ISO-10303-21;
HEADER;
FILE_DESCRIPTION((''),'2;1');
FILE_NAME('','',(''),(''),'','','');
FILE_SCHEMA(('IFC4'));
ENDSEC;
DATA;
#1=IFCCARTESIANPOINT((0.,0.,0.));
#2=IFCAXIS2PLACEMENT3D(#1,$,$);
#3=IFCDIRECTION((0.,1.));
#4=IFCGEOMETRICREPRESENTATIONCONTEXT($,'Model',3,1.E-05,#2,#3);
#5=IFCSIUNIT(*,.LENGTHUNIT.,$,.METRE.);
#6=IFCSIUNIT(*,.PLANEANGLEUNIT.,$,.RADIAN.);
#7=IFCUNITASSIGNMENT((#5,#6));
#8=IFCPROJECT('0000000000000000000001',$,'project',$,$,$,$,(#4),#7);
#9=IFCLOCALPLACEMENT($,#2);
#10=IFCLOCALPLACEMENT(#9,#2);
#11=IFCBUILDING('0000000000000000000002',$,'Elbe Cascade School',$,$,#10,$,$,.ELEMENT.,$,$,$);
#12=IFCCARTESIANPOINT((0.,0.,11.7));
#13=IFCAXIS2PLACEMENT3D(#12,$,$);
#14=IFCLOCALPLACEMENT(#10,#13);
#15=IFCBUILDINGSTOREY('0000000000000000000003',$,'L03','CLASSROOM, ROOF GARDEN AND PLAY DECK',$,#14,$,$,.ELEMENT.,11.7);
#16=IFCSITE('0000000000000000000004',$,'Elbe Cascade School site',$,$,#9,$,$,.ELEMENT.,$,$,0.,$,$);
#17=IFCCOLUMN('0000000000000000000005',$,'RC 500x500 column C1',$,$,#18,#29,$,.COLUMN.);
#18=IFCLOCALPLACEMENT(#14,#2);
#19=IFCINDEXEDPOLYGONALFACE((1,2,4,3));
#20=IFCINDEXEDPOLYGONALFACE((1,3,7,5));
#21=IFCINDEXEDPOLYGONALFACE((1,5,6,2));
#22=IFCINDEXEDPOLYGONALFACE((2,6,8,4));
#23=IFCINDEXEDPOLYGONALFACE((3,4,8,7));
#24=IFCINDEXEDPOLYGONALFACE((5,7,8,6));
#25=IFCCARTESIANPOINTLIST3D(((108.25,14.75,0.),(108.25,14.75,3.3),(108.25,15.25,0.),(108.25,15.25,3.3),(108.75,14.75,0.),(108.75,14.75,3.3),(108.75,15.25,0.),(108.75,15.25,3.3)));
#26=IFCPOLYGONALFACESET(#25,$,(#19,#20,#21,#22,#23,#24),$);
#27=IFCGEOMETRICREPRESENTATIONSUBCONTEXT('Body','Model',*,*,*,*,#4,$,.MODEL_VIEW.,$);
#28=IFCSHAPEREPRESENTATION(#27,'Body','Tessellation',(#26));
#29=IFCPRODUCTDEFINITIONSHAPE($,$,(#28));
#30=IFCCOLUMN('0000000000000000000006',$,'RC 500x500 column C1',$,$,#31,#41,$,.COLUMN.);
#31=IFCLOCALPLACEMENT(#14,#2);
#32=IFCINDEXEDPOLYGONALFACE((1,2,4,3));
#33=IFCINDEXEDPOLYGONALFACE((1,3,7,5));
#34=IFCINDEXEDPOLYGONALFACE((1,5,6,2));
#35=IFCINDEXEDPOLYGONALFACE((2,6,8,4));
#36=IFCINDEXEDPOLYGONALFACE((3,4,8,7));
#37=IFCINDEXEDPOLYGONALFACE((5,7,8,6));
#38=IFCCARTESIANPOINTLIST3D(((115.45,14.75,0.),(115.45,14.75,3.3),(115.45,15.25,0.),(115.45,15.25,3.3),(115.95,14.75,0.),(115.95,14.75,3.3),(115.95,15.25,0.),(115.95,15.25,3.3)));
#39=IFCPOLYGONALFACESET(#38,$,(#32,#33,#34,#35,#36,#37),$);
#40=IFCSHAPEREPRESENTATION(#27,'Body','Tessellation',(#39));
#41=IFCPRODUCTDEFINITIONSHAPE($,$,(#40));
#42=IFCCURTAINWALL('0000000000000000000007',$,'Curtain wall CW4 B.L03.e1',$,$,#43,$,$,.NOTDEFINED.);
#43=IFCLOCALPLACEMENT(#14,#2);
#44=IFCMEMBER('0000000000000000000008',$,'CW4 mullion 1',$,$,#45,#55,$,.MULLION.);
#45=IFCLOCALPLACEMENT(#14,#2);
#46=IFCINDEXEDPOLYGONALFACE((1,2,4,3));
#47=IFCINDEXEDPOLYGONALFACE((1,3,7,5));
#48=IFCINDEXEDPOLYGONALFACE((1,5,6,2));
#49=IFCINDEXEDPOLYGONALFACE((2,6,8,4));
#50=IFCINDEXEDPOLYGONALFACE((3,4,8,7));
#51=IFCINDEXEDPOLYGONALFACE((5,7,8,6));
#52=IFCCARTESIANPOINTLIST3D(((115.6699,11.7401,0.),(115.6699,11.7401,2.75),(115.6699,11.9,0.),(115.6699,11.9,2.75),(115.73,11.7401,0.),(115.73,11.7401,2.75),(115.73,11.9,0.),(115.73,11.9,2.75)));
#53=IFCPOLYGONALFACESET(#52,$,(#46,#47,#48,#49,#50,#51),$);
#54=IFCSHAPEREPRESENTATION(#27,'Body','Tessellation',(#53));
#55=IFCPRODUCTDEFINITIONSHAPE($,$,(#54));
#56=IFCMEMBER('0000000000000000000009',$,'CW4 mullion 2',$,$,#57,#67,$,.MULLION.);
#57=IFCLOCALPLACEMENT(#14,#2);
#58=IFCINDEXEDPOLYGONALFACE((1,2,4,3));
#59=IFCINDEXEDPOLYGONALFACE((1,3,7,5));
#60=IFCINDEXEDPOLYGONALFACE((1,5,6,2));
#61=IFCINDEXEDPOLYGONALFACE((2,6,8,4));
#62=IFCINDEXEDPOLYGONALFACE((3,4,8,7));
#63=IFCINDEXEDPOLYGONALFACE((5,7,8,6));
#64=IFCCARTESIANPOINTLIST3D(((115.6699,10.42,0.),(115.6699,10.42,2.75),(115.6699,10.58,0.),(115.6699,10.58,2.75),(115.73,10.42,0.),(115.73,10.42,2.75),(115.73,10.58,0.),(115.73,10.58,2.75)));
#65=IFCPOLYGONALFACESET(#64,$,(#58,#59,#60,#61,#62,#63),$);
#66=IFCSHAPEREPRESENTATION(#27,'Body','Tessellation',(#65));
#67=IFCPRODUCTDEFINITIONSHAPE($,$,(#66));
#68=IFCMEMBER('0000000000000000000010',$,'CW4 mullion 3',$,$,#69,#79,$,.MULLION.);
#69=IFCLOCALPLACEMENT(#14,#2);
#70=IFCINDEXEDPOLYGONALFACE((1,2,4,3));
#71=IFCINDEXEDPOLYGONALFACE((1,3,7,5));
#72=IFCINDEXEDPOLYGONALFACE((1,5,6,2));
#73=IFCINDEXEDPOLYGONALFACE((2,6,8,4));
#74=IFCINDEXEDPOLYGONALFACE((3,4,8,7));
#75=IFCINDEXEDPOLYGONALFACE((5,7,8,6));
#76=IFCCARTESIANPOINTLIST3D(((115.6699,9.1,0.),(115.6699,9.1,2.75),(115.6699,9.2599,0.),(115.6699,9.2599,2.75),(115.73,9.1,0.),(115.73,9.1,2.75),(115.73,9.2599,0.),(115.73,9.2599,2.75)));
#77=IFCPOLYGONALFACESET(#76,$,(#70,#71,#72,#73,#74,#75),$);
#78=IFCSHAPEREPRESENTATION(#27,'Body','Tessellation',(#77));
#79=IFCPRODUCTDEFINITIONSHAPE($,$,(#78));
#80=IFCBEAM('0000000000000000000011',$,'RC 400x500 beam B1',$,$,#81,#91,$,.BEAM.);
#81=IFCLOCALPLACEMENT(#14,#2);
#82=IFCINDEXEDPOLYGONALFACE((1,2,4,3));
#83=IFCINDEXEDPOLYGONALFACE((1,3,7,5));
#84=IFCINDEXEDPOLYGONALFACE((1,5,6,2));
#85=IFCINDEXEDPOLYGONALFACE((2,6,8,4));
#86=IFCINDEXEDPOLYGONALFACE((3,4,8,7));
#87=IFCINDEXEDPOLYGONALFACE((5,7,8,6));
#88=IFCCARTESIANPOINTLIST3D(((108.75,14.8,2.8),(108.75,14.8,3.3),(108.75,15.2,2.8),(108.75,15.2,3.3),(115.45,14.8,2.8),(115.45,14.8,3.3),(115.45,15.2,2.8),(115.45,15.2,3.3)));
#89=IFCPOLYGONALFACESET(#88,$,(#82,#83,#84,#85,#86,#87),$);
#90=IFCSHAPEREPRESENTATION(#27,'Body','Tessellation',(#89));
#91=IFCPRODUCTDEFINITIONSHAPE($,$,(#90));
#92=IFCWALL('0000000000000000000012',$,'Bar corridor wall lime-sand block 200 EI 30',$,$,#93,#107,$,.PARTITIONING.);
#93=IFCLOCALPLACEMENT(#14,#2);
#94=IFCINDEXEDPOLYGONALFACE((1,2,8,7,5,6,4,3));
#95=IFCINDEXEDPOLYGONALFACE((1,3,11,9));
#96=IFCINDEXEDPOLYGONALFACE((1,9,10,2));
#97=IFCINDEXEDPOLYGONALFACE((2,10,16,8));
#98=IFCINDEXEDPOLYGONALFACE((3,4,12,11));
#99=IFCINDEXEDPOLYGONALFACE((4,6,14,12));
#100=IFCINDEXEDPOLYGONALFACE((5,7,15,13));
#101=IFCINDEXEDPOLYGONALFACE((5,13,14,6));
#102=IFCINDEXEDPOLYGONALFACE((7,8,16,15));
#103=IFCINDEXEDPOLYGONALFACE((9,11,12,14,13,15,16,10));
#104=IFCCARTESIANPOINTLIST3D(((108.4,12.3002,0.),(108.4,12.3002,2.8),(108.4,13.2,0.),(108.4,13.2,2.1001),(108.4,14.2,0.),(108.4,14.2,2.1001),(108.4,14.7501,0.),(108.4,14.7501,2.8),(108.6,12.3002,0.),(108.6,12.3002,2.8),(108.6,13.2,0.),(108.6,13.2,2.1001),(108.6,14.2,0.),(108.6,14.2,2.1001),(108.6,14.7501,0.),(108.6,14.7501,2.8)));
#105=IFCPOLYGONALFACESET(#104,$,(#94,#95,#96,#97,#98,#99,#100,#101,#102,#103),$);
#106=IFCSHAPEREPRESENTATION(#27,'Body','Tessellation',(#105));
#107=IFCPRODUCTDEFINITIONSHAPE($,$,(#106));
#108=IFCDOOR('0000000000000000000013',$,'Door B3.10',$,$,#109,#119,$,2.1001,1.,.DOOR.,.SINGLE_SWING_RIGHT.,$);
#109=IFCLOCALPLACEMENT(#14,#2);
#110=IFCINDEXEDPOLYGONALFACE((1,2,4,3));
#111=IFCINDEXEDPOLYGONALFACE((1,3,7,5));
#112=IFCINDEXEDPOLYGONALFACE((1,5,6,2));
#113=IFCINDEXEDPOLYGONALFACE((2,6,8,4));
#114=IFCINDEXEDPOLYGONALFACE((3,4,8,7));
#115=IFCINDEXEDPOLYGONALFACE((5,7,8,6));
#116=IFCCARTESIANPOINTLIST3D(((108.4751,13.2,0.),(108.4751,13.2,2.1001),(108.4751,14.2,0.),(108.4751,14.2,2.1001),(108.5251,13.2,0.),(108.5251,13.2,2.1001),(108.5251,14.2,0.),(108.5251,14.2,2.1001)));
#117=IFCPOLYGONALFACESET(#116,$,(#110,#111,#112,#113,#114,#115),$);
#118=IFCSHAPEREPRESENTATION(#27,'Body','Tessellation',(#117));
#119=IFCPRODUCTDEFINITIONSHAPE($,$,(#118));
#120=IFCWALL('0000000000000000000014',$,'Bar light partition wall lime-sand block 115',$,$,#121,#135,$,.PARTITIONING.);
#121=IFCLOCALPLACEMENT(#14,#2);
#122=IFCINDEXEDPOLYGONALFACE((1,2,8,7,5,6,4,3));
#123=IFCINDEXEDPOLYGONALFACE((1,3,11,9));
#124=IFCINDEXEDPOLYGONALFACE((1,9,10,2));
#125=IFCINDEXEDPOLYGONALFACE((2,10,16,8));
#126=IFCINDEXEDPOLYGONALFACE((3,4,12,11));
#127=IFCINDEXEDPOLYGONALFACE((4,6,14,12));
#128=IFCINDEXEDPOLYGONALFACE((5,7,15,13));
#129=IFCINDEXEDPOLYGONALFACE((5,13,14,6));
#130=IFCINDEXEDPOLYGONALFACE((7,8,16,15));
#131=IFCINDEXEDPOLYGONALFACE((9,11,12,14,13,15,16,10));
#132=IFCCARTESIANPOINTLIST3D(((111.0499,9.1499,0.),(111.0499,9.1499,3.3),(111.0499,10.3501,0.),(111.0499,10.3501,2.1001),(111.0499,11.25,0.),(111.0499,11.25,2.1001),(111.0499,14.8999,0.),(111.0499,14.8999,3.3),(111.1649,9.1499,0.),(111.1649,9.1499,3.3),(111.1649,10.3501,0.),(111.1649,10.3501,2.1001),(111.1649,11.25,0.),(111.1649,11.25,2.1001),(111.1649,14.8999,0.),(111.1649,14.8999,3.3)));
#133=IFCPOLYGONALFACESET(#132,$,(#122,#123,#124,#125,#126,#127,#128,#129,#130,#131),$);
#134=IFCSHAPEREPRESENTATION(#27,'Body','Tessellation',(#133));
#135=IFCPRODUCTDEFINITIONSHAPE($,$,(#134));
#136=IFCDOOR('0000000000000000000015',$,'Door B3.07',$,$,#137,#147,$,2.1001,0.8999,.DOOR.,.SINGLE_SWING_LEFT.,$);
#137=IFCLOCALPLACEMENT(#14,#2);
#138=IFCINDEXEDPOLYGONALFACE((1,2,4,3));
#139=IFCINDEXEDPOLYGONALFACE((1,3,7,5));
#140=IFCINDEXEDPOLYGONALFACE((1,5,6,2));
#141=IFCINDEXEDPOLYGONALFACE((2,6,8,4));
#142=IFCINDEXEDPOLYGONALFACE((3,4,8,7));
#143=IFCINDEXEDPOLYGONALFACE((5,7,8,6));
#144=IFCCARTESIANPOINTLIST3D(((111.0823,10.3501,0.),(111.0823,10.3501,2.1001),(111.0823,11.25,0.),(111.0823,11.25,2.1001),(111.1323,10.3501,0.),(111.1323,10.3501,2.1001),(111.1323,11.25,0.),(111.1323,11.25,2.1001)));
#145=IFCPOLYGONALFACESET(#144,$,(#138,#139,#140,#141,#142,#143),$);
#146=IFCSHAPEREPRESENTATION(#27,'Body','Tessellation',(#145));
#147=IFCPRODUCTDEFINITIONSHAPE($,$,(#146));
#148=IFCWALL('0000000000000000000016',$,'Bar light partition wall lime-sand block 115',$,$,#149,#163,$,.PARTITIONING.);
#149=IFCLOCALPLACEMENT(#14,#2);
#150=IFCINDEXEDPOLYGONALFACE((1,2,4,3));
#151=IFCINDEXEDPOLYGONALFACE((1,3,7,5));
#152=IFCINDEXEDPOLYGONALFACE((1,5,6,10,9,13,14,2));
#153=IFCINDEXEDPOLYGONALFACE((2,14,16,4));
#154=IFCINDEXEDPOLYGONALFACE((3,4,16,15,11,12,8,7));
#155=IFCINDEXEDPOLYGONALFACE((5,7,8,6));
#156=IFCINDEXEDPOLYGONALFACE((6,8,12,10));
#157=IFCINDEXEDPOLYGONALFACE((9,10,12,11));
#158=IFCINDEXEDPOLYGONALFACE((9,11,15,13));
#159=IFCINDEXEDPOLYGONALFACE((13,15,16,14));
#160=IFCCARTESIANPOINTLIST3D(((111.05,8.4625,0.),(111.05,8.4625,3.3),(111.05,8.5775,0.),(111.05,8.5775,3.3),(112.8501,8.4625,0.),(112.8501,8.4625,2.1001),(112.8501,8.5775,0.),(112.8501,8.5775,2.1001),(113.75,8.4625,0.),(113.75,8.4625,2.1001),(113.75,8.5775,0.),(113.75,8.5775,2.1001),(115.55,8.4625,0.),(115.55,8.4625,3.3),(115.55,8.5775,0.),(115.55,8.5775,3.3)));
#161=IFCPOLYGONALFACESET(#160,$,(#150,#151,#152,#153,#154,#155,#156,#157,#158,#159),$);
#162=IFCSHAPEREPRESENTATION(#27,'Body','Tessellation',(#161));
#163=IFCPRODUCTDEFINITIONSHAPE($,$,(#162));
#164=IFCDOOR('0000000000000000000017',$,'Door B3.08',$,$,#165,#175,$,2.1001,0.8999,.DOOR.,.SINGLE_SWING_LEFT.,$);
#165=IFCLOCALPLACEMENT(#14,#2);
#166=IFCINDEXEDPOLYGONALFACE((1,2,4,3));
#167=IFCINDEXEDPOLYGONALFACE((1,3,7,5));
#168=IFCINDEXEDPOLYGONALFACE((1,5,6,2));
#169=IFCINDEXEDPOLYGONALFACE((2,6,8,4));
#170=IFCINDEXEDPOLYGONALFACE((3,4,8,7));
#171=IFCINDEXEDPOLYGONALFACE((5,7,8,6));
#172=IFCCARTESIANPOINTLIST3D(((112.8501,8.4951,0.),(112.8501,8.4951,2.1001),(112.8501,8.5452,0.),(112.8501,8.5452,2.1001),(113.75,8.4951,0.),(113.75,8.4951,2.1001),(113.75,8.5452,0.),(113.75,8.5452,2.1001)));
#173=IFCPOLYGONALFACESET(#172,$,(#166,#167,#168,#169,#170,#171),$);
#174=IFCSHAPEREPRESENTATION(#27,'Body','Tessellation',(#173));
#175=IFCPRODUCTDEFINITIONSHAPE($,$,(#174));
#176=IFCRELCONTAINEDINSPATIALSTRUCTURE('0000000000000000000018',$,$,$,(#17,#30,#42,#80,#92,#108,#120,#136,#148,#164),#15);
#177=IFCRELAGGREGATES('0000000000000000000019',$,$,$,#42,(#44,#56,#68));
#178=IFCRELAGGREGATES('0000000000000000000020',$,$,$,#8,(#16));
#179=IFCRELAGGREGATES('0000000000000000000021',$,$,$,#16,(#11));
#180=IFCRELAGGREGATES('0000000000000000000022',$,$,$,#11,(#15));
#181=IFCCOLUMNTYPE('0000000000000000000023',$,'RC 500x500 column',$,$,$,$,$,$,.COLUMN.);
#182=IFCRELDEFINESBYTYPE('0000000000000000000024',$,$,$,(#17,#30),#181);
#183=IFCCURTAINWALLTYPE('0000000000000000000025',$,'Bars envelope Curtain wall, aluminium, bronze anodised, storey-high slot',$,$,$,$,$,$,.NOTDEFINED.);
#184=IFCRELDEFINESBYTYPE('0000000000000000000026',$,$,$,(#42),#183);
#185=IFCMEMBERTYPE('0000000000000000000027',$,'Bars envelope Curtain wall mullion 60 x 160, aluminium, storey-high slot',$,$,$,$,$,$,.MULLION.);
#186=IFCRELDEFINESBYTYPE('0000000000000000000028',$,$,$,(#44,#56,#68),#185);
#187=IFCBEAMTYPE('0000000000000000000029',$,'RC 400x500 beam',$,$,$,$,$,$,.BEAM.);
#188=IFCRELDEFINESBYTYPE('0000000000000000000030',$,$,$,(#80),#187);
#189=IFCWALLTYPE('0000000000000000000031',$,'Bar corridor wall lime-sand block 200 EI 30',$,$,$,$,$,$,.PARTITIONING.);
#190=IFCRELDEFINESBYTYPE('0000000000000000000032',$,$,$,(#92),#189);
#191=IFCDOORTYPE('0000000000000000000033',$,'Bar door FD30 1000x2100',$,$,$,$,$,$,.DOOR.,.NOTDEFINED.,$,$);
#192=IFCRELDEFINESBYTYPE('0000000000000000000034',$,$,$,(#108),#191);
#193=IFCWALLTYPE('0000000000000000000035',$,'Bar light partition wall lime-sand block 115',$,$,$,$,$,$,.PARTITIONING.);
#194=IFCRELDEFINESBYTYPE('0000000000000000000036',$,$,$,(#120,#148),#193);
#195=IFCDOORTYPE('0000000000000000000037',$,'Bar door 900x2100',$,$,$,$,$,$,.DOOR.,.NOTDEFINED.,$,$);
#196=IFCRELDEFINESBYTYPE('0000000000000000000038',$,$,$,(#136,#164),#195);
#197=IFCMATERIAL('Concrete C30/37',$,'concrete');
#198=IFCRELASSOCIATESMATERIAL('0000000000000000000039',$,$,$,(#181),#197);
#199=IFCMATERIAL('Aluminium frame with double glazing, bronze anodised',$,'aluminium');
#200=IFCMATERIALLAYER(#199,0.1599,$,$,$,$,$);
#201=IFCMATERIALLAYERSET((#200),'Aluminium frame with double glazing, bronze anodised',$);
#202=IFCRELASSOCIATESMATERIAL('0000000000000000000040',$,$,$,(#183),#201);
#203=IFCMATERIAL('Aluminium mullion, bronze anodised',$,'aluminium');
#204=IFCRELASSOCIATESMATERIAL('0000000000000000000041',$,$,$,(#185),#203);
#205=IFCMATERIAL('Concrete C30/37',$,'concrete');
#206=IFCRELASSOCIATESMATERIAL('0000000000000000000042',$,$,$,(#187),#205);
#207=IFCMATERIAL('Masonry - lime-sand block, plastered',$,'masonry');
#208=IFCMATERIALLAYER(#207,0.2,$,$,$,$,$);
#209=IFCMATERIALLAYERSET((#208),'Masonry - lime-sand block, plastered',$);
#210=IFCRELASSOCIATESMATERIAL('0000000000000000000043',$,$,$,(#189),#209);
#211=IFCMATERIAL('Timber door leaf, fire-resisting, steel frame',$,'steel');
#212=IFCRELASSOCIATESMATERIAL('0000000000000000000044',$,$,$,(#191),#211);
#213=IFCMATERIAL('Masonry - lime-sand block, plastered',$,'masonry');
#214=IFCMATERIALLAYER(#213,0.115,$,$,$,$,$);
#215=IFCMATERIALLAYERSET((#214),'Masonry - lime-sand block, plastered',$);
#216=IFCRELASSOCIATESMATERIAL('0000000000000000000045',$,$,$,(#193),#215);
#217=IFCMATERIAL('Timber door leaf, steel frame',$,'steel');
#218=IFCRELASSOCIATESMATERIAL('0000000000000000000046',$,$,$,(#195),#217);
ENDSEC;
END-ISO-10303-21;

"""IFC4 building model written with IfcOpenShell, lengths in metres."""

from ifc_helpers import new_model, si_unit, direction, frame, frame_2d, origin, origin_2d, place, context, subcontext, project, spatial, rectangle, extrude, material, layer, layer_set, material_profile, profile_set, type_object, element, fill, aggregate, save


model = new_model("IFC4")

# Units and contexts
model_context = context("Model", 3, precision=1e-05, world=origin(), true_north=direction((0.0, 1.0)))
body_context = subcontext(model_context, "Body", "Model", "MODEL_VIEW")
ifc_project = project(units=[si_unit("LENGTHUNIT", "METRE"), si_unit("PLANEANGLEUNIT", "RADIAN")], contexts=[model_context])

# Site, building, storey
site_placement = place(None, origin())
site = spatial("IfcSite", under=ifc_project, at=site_placement, Name="Elbe Cascade School site", CompositionType="ELEMENT", RefElevation=0.0)
building_placement = place(site_placement, origin())
building = spatial("IfcBuilding", under=site, at=building_placement, Name="Elbe Cascade School", CompositionType="ELEMENT")
storey_placement = place(building_placement, frame((0.0, 0.0, 11.7)))
storey = spatial("IfcBuildingStorey", under=building, at=storey_placement, Name="L03", Description="CLASSROOM, ROOF GARDEN AND PLAY DECK", CompositionType="ELEMENT", Elevation=11.7)

# Columns
ifc_material_1 = material(Name="Concrete C30/37", Category="concrete")
ifc_material_profile_1 = material_profile(ifc_material_1, rectangle(XDim=0.5, YDim=0.5, at=origin_2d()), Name="RC 500x500")
ifc_profile_set_1 = profile_set([ifc_material_profile_1], Name="Concrete C30/37")
column_type = type_object("IfcColumnType", Name="RC 500x500 column", PredefinedType="COLUMN", material=ifc_profile_set_1)
for number, where, z_axis, x_axis, name in (
    (1, (108.5, 15.0, 0.0), (0.0, 0.0, 1.0), (1.0, 0.0, 0.0), "RC 500x500 column C1"),
    (2, (115.7, 15.0, 0.0), (0.0, 0.0, 1.0), (1.0, 0.0, 0.0), "RC 500x500 column C1"),
):
    element("IfcColumn", number, at=place(storey_placement, frame(where, z_axis=z_axis, x_axis=x_axis)), inside=storey, type_object=column_type, Name=name, PredefinedType="COLUMN", context=body_context, shape_type="SweptSolid", body=[
        extrude(rectangle(XDim=0.5, YDim=0.5, at=origin_2d()), origin(), (0.0, 0.0, 1.0), 3.3),
    ])

# Curtain wall, members
ifc_material_2 = material(Name="Aluminium frame with double glazing, bronze anodised", Category="aluminium")
ifc_layer_1 = layer(ifc_material_2, 0.1599)
ifc_layer_set_1 = layer_set([ifc_layer_1], Name="Aluminium frame with double glazing, bronze anodised")
curtain_wall_type = type_object("IfcCurtainWallType", Name="Bars envelope Curtain wall, aluminium, bronze anodised, storey-high slot", PredefinedType="NOTDEFINED", material=ifc_layer_set_1)
curtain_wall_placement = place(storey_placement, origin())
curtain_wall = element("IfcCurtainWall", 3, at=curtain_wall_placement, inside=storey, type_object=curtain_wall_type, Name="Curtain wall CW4 B.L03.e1", PredefinedType="NOTDEFINED")
ifc_material_3 = material(Name="Aluminium mullion, bronze anodised", Category="aluminium")
ifc_material_profile_2 = material_profile(ifc_material_3, rectangle(XDim=0.0601, YDim=0.1599, at=origin_2d()), Name="Bars envelope Curtain wall mullion 60 x 160, aluminium, storey-high slot")
ifc_profile_set_2 = profile_set([ifc_material_profile_2], Name="Aluminium mullion, bronze anodised")
member_type = type_object("IfcMemberType", Name="Bars envelope Curtain wall mullion 60 x 160, aluminium, storey-high slot", PredefinedType="MULLION", material=ifc_profile_set_2)
member_1_placement = place(storey_placement, frame((115.7, 11.8201, 0.0), z_axis=(0.0, 0.0, 1.0), x_axis=(1.0, 0.0, 0.0)))
member_1 = element("IfcMember", 4, at=member_1_placement, type_object=member_type, Name="CW4 mullion 1", PredefinedType="MULLION", context=body_context, shape_type="SweptSolid", body=[
    extrude(rectangle(XDim=0.0601, YDim=0.1599, at=origin_2d()), origin(), (0.0, 0.0, 1.0), 2.75),
])
member_2_placement = place(storey_placement, frame((115.7, 10.5, 0.0), z_axis=(0.0, 0.0, 1.0), x_axis=(1.0, 0.0, 0.0)))
member_2 = element("IfcMember", 5, at=member_2_placement, type_object=member_type, Name="CW4 mullion 2", PredefinedType="MULLION", context=body_context, shape_type="SweptSolid", body=[
    extrude(rectangle(XDim=0.0601, YDim=0.1599, at=origin_2d()), origin(), (0.0, 0.0, 1.0), 2.75),
])
member_3_placement = place(storey_placement, frame((115.7, 9.1799, 0.0), z_axis=(0.0, 0.0, 1.0), x_axis=(1.0, 0.0, 0.0)))
member_3 = element("IfcMember", 6, at=member_3_placement, type_object=member_type, Name="CW4 mullion 3", PredefinedType="MULLION", context=body_context, shape_type="SweptSolid", body=[
    extrude(rectangle(XDim=0.0601, YDim=0.1599, at=origin_2d()), origin(), (0.0, 0.0, 1.0), 2.75),
])
aggregate(curtain_wall, [member_1, member_2, member_3])

# Beam
ifc_material_4 = material(Name="Concrete C30/37", Category="concrete")
ifc_material_profile_3 = material_profile(ifc_material_4, rectangle(XDim=0.3999, YDim=0.5, at=origin_2d()), Name="RC 400x500")
ifc_profile_set_3 = profile_set([ifc_material_profile_3], Name="Concrete C30/37")
beam_type = type_object("IfcBeamType", Name="RC 400x500 beam", PredefinedType="BEAM", material=ifc_profile_set_3)
beam_placement = place(storey_placement, frame((108.75, 15.0, 3.05), z_axis=(1.0, 0.0, 0.0), x_axis=(0.0, 1.0, 0.0)))
element("IfcBeam", 7, at=beam_placement, inside=storey, type_object=beam_type, Name="RC 400x500 beam B1", PredefinedType="BEAM", context=body_context, shape_type="SweptSolid", body=[
    extrude(rectangle(XDim=0.3999, YDim=0.5, at=origin_2d()), origin(), (0.0, 0.0, 1.0), 6.7),
])

# Walls, openings, doors
ifc_material_5 = material(Name="Masonry - lime-sand block, plastered", Category="masonry")
ifc_layer_2 = layer(ifc_material_5, 0.2)
ifc_layer_set_2 = layer_set([ifc_layer_2], Name="Masonry - lime-sand block, plastered")
wall_type_1 = type_object("IfcWallType", Name="Bar corridor wall lime-sand block 200 EI 30", PredefinedType="PARTITIONING", material=ifc_layer_set_2)
wall_1_placement = place(storey_placement, frame((108.5, 12.3, 0.0), z_axis=(0.0, 0.0, 1.0), x_axis=(0.0, 1.0, 0.0)))
wall_1 = element("IfcWall", 8, at=wall_1_placement, inside=storey, type_object=wall_type_1, Name="Bar corridor wall lime-sand block 200 EI 30", PredefinedType="PARTITIONING", context=body_context, shape_type="SweptSolid", body=[
    extrude(rectangle(XDim=2.45, YDim=0.2, at=frame_2d((1.2251, 0.0))), origin(), (0.0, 0.0, 1.0), 2.8),
])
opening_1_placement = place(wall_1_placement, frame((0.8999, 0.0, 0.0)))
opening_1 = element("IfcOpeningElement", 9, at=opening_1_placement, cuts=wall_1, PredefinedType="OPENING", context=body_context, shape_type="SweptSolid", body=[
    extrude(rectangle(XDim=1.0, YDim=2.1001, at=frame_2d((0.5, 1.05))), frame((0.0, 0.1099, 0.0), z_axis=(0.0, -1.0, 0.0), x_axis=(1.0, 0.0, 0.0)), (0.0, 0.0, 1.0), 0.22),
])
ifc_material_6 = material(Name="Timber door leaf, fire-resisting, steel frame", Category="steel")
door_type_1 = type_object("IfcDoorType", Name="Bar door FD30 1000x2100", OperationType="NOTDEFINED", PredefinedType="DOOR", material=ifc_material_6)
door_1_placement = place(opening_1_placement, origin())
door_1 = element("IfcDoor", 10, at=door_1_placement, inside=storey, type_object=door_type_1, Name="Door B3.10", OperationType="SINGLE_SWING_RIGHT", OverallHeight=2.1001, OverallWidth=1.0, PredefinedType="DOOR", context=body_context, shape_type="SweptSolid", body=[
    extrude(rectangle(XDim=1.0, YDim=2.1001, at=frame_2d((0.5, 1.05))), frame((0.0, 0.0249, 0.0), z_axis=(0.0, -1.0, 0.0), x_axis=(1.0, 0.0, 0.0)), (0.0, 0.0, 1.0), 0.05),
])
fill(opening_1, door_1)
ifc_material_7 = material(Name="Masonry - lime-sand block, plastered", Category="masonry")
ifc_layer_3 = layer(ifc_material_7, 0.115)
ifc_layer_set_3 = layer_set([ifc_layer_3], Name="Masonry - lime-sand block, plastered")
wall_type_2 = type_object("IfcWallType", Name="Bar light partition wall lime-sand block 115", PredefinedType="PARTITIONING", material=ifc_layer_set_3)
wall_2_placement = place(storey_placement, frame((111.1074, 14.8999, 0.0), z_axis=(0.0, 0.0, 1.0), x_axis=(0.0, -1.0, 0.0)))
wall_2 = element("IfcWall", 11, at=wall_2_placement, inside=storey, type_object=wall_type_2, Name="Bar light partition wall lime-sand block 115", PredefinedType="PARTITIONING", context=body_context, shape_type="SweptSolid", body=[
    extrude(rectangle(XDim=5.75, YDim=0.115, at=frame_2d((2.875, 0.0))), origin(), (0.0, 0.0, 1.0), 3.3),
])
opening_2_placement = place(wall_2_placement, frame((3.6499, 0.0, 0.0)))
opening_2 = element("IfcOpeningElement", 12, at=opening_2_placement, cuts=wall_2, PredefinedType="OPENING", context=body_context, shape_type="SweptSolid", body=[
    extrude(rectangle(XDim=0.8999, YDim=2.1001, at=frame_2d((0.45, 1.05))), frame((0.0, 0.0674, 0.0), z_axis=(0.0, -1.0, 0.0), x_axis=(1.0, 0.0, 0.0)), (0.0, 0.0, 1.0), 0.135),
])
ifc_material_8 = material(Name="Timber door leaf, steel frame", Category="steel")
door_type_2 = type_object("IfcDoorType", Name="Bar door 900x2100", OperationType="NOTDEFINED", PredefinedType="DOOR", material=ifc_material_8)
door_2_placement = place(opening_2_placement, origin())
door_2 = element("IfcDoor", 13, at=door_2_placement, inside=storey, type_object=door_type_2, Name="Door B3.07", OperationType="SINGLE_SWING_LEFT", OverallHeight=2.1001, OverallWidth=0.8999, PredefinedType="DOOR", context=body_context, shape_type="SweptSolid", body=[
    extrude(rectangle(XDim=0.8999, YDim=2.1001, at=frame_2d((0.45, 1.05))), frame((0.0, 0.0249, 0.0), z_axis=(0.0, -1.0, 0.0), x_axis=(1.0, 0.0, 0.0)), (0.0, 0.0, 1.0), 0.05),
])
fill(opening_2, door_2)
wall_3_placement = place(storey_placement, frame((115.55, 8.52, 0.0), z_axis=(0.0, 0.0, 1.0), x_axis=(-1.0, 0.0, 0.0)))
wall_3 = element("IfcWall", 14, at=wall_3_placement, inside=storey, type_object=wall_type_2, Name="Bar light partition wall lime-sand block 115", PredefinedType="PARTITIONING", context=body_context, shape_type="SweptSolid", body=[
    extrude(rectangle(XDim=4.5, YDim=0.115, at=frame_2d((2.25, 0.0))), origin(), (0.0, 0.0, 1.0), 3.3),
])
opening_3_placement = place(wall_3_placement, frame((1.8, 0.0, 0.0)))
opening_3 = element("IfcOpeningElement", 15, at=opening_3_placement, cuts=wall_3, PredefinedType="OPENING", context=body_context, shape_type="SweptSolid", body=[
    extrude(rectangle(XDim=0.8999, YDim=2.1001, at=frame_2d((0.45, 1.05))), frame((0.0, 0.0674, 0.0), z_axis=(0.0, -1.0, 0.0), x_axis=(1.0, 0.0, 0.0)), (0.0, 0.0, 1.0), 0.135),
])
door_3_placement = place(opening_3_placement, origin())
door_3 = element("IfcDoor", 16, at=door_3_placement, inside=storey, type_object=door_type_2, Name="Door B3.08", OperationType="SINGLE_SWING_LEFT", OverallHeight=2.1001, OverallWidth=0.8999, PredefinedType="DOOR", context=body_context, shape_type="SweptSolid", body=[
    extrude(rectangle(XDim=0.8999, YDim=2.1001, at=frame_2d((0.45, 1.05))), frame((0.0, 0.0249, 0.0), z_axis=(0.0, -1.0, 0.0), x_axis=(1.0, 0.0, 0.0)), (0.0, 0.0, 1.0), 0.05),
])
fill(opening_3, door_3)

save(model, "model.ifc")
